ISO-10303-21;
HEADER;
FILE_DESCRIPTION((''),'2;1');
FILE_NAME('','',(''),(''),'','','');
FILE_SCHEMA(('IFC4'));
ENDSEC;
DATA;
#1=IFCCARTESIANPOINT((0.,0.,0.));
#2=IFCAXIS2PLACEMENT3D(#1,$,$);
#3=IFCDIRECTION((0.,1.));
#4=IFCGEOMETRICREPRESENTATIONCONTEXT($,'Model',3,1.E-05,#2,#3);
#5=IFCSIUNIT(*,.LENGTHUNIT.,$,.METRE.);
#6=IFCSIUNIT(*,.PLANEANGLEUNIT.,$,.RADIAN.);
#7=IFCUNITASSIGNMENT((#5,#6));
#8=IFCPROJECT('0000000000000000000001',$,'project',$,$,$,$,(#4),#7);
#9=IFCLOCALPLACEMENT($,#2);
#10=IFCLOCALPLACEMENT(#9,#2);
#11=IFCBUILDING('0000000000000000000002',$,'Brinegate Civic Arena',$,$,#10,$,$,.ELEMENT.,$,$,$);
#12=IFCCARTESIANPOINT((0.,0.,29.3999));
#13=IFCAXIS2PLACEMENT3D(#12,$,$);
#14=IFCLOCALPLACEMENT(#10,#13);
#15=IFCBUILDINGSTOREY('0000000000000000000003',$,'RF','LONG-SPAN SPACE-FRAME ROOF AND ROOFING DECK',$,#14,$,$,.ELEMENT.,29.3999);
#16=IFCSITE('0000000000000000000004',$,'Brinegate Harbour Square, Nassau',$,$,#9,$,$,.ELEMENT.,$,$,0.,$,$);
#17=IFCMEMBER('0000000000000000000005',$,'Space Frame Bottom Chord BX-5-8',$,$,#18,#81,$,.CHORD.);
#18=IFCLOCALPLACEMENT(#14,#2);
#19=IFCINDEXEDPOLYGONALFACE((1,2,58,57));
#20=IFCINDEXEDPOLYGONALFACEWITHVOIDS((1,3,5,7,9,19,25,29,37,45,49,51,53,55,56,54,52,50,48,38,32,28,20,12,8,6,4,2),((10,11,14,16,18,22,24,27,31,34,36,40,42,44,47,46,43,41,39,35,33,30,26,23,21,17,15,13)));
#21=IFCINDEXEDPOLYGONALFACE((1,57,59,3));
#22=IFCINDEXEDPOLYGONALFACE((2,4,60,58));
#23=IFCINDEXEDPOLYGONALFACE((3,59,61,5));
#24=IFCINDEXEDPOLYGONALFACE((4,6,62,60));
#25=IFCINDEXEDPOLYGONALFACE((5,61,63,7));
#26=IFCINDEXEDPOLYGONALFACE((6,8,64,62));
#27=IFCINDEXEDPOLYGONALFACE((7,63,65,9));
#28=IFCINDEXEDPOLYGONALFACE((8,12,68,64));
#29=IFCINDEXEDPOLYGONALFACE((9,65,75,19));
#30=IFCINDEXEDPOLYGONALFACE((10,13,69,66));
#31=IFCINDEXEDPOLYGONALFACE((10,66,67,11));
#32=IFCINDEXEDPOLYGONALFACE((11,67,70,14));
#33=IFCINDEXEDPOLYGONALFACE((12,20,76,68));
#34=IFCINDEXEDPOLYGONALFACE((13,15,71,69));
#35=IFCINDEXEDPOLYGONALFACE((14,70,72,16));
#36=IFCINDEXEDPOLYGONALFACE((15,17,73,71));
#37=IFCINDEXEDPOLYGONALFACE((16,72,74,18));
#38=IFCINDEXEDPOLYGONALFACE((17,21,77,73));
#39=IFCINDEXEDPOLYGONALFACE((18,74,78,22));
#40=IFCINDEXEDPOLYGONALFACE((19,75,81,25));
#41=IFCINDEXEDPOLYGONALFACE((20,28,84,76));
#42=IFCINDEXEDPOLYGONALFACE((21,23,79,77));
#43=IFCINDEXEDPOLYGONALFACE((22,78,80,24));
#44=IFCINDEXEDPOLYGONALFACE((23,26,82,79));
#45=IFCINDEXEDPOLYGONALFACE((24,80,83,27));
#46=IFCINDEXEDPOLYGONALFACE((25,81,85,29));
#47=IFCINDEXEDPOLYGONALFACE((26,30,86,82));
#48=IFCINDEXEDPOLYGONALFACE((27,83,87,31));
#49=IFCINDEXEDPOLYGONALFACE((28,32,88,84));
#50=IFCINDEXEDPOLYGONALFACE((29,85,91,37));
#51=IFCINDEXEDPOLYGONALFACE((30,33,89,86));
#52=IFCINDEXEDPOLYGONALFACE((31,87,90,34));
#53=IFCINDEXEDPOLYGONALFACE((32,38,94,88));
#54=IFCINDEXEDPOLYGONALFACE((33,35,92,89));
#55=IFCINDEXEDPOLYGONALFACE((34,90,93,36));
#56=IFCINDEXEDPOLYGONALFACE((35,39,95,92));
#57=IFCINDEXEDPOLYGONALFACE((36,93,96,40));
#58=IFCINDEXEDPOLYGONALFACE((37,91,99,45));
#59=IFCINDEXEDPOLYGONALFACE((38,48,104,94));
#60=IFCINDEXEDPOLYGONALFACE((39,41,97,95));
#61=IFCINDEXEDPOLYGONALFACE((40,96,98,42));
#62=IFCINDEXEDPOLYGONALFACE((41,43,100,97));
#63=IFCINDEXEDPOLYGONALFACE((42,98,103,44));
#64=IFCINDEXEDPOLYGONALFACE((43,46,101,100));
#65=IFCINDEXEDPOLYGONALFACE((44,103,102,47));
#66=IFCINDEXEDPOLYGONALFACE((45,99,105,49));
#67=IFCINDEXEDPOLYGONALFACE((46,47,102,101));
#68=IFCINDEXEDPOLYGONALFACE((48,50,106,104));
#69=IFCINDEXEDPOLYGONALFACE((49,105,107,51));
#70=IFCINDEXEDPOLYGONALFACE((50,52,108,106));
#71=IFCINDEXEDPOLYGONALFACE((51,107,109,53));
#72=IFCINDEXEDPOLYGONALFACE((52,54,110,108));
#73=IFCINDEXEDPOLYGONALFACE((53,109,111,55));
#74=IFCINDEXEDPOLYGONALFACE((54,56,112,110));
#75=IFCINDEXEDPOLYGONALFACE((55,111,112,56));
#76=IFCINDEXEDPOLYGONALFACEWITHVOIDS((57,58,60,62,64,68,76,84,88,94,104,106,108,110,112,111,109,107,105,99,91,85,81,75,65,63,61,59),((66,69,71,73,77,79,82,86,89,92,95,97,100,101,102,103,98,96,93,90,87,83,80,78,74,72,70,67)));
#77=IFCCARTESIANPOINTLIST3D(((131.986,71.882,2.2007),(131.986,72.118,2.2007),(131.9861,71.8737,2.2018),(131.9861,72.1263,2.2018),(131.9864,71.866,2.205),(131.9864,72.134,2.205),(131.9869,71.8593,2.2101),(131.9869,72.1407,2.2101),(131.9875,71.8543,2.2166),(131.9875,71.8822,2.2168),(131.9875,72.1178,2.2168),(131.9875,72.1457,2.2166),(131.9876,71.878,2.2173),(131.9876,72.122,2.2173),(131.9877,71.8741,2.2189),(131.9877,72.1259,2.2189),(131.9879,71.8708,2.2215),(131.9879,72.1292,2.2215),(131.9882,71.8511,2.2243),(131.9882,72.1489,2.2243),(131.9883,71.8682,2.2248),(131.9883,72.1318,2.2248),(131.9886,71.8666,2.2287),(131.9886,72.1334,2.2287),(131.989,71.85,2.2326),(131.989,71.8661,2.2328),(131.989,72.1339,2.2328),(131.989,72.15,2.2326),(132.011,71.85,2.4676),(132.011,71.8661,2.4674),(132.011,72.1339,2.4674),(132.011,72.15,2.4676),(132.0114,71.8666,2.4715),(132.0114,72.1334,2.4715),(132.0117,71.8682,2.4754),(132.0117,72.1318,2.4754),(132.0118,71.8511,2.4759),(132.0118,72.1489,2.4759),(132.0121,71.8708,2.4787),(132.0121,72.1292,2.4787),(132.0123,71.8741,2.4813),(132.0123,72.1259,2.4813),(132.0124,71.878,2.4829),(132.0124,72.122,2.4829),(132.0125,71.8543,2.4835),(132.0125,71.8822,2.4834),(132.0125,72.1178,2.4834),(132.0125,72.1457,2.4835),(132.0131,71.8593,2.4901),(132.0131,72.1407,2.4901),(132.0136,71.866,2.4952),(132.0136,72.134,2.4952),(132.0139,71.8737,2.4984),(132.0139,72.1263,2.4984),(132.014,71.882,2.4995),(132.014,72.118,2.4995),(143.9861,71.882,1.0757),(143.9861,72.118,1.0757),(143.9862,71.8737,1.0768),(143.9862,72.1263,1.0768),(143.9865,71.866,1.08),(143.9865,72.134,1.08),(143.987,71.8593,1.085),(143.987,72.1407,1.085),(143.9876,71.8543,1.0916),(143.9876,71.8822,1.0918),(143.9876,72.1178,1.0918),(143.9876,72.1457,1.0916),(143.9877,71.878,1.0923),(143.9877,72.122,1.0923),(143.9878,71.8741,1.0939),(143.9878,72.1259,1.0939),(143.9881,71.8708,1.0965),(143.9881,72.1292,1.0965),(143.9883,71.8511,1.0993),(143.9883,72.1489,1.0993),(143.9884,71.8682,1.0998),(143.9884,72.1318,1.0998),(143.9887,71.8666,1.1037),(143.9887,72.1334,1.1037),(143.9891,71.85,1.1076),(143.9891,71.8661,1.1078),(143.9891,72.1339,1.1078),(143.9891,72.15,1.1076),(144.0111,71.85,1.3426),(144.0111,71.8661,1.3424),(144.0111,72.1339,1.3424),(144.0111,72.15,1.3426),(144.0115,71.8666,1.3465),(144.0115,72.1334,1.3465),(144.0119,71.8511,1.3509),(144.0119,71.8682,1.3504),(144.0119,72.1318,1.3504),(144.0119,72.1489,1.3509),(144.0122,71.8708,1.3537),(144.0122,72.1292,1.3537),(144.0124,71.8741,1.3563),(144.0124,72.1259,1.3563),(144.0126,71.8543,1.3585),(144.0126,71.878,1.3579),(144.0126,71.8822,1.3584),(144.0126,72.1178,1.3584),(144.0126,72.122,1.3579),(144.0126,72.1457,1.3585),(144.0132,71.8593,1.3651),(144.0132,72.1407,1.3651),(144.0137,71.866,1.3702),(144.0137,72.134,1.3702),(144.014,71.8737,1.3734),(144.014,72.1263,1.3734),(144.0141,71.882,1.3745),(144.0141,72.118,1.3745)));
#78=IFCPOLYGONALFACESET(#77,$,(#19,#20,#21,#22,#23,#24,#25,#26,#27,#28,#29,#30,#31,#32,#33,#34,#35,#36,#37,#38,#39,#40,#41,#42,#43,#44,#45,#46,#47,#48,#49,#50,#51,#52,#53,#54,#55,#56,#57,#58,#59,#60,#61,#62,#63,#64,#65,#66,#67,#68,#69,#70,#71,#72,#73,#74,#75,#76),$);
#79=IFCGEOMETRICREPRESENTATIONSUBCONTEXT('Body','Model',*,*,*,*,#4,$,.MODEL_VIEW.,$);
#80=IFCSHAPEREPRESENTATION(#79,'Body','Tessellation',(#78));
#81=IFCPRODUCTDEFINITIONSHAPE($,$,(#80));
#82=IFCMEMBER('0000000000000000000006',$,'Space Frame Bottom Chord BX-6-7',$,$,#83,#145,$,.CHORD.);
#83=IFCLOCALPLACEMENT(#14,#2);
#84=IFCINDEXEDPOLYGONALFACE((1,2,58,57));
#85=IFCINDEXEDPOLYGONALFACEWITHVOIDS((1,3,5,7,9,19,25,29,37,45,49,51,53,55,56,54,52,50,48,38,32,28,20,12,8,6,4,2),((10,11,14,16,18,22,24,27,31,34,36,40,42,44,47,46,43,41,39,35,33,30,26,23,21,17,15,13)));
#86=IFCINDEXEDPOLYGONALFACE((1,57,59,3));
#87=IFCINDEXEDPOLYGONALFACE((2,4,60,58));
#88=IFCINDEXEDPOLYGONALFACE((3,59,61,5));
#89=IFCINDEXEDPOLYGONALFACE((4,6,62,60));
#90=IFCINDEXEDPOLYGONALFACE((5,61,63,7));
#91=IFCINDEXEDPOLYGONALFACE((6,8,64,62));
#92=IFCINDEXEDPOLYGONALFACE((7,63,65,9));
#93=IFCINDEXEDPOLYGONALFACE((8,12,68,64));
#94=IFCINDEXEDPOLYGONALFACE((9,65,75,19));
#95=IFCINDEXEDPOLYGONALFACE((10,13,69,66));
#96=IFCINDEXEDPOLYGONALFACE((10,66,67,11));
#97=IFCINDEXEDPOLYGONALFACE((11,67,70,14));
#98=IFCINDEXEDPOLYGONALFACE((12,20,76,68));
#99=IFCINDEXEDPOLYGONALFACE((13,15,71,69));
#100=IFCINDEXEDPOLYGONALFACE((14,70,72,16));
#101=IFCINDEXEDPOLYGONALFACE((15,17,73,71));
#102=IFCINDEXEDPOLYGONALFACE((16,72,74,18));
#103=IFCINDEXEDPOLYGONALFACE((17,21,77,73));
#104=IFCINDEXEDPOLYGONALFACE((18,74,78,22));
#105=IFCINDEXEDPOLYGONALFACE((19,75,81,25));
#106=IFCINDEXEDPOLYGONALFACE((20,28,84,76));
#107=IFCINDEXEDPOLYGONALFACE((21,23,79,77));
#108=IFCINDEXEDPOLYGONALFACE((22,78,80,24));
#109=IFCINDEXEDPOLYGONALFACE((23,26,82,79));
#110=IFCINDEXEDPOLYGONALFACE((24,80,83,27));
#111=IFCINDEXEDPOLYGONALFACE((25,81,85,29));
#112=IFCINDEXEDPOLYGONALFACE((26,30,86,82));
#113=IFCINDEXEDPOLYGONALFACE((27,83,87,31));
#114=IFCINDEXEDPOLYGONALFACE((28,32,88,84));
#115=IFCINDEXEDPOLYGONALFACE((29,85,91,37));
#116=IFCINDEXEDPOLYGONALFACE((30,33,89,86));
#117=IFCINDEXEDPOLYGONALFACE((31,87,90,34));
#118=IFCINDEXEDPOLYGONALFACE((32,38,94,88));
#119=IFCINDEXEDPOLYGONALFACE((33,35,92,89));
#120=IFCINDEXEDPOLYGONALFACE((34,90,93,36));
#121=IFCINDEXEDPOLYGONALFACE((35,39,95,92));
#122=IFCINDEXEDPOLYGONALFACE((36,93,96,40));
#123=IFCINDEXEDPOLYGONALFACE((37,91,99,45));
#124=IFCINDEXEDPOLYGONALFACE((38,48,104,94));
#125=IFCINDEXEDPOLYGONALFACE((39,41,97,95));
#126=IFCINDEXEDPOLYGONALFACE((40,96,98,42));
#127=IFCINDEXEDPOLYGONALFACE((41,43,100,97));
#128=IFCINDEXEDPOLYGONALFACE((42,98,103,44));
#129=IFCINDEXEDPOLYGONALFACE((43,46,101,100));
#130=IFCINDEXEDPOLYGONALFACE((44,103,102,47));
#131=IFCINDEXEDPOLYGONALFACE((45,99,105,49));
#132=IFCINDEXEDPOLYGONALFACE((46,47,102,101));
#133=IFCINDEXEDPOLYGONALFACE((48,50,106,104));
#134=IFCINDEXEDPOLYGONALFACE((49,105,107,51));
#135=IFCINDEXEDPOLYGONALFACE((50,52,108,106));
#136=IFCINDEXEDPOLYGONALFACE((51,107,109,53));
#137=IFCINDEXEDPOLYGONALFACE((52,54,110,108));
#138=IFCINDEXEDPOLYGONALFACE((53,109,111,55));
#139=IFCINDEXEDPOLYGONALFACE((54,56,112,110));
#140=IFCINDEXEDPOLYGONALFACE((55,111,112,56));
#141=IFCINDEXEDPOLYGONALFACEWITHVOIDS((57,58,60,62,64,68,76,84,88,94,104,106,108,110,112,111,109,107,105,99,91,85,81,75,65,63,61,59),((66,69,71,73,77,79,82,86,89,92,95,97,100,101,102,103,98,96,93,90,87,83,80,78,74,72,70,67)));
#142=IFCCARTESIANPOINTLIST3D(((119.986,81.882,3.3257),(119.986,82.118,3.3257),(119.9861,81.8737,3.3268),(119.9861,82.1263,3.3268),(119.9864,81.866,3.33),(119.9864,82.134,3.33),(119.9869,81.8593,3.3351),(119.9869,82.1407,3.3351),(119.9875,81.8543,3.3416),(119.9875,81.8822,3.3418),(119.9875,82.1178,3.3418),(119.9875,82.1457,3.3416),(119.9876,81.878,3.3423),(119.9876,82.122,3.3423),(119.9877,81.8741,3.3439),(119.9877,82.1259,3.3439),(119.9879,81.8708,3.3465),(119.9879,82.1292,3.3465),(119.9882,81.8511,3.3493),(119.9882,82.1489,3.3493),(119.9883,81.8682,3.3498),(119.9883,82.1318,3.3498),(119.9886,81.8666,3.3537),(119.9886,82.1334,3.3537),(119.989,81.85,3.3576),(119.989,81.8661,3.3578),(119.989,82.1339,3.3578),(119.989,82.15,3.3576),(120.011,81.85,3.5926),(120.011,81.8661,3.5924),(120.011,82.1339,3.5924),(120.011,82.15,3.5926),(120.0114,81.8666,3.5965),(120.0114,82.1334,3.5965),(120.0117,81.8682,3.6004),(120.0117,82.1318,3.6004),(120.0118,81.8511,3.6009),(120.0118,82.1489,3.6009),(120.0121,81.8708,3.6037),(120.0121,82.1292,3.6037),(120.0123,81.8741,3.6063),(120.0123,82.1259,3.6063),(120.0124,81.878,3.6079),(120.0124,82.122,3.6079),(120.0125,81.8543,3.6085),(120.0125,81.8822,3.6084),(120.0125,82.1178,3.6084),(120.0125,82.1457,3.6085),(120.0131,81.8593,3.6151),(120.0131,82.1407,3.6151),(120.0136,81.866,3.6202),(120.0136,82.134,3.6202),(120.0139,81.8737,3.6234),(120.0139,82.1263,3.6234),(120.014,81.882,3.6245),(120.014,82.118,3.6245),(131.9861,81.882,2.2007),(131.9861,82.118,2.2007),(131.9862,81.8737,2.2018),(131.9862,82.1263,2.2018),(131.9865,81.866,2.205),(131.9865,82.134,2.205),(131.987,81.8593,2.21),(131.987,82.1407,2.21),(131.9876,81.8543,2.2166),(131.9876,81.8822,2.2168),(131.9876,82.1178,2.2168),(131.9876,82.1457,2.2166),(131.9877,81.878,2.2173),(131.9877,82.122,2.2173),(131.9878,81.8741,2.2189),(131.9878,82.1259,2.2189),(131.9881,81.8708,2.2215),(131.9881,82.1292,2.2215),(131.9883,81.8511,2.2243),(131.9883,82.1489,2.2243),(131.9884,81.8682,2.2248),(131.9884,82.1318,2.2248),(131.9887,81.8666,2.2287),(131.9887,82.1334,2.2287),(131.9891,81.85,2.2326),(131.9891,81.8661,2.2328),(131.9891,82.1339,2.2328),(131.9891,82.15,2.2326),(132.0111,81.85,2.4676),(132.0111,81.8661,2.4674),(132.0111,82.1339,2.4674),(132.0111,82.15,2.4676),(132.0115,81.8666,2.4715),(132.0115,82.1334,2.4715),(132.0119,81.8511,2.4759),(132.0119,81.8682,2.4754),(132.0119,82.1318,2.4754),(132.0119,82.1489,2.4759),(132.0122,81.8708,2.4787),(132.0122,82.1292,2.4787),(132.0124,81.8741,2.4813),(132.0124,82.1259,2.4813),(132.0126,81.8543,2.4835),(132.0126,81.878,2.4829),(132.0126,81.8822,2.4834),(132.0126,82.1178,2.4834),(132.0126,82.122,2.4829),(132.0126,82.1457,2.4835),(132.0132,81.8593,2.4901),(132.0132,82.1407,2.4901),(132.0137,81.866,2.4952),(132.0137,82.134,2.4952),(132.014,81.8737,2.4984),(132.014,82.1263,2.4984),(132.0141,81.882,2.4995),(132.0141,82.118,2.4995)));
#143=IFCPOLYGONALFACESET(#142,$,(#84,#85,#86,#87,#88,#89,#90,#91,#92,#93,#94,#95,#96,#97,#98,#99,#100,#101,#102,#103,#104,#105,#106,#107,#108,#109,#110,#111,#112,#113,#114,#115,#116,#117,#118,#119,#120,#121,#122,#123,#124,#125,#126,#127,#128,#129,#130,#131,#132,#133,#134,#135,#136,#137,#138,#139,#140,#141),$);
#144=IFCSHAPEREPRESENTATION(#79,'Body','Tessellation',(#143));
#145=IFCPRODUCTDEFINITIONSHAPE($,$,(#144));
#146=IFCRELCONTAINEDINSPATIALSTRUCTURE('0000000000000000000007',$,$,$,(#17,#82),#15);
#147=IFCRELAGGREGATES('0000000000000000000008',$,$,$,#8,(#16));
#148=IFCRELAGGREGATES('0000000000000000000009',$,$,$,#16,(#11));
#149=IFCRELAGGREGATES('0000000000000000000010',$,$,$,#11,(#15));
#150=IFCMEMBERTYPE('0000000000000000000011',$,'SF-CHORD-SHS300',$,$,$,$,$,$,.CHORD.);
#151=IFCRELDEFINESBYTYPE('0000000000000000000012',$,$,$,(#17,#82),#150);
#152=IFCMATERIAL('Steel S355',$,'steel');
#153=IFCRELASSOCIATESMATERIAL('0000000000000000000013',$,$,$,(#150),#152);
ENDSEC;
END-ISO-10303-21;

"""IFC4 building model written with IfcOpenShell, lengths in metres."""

from ifc_helpers import new_model, si_unit, direction, frame, origin, origin_2d, place, context, subcontext, project, spatial, hollow_rectangle, extrude, material, material_profile, profile_set, type_object, element, save


model = new_model("IFC4")

# Units and contexts
model_context = context("Model", 3, precision=1e-05, world=origin(), true_north=direction((0.0, 1.0)))
body_context = subcontext(model_context, "Body", "Model", "MODEL_VIEW")
ifc_project = project(units=[si_unit("LENGTHUNIT", "METRE"), si_unit("PLANEANGLEUNIT", "RADIAN")], contexts=[model_context])

# Site, building, storey
site_placement = place(None, origin())
site = spatial("IfcSite", under=ifc_project, at=site_placement, Name="Brinegate Harbour Square, Nassau", CompositionType="ELEMENT", RefElevation=0.0)
building_placement = place(site_placement, origin())
building = spatial("IfcBuilding", under=site, at=building_placement, Name="Brinegate Civic Arena", CompositionType="ELEMENT")
storey_placement = place(building_placement, frame((0.0, 0.0, 29.3999)))
storey = spatial("IfcBuildingStorey", under=building, at=storey_placement, Name="RF", Description="LONG-SPAN SPACE-FRAME ROOF AND ROOFING DECK", CompositionType="ELEMENT", Elevation=29.3999)

# Members
ifc_material = material(Name="Steel S355", Category="steel")
ifc_material_profile_1 = material_profile(ifc_material, hollow_rectangle(XDim=0.3, YDim=0.3, WallThickness=0.0161, InnerFilletRadius=0.0161, OuterFilletRadius=0.032, at=origin_2d()), Name="SHS300X16")
ifc_profile_set_1 = profile_set([ifc_material_profile_1], Name="Steel S355")
member_type_1 = type_object("IfcMemberType", Name="SF-CHORD-SHS300", PredefinedType="CHORD", material=ifc_profile_set_1)
for number, where, z_axis, x_axis, name in (
    (1, (132.0, 72.0, 2.3501), (0.995634, 0.0, -0.093341), (0.0, 1.0, 0.0), "Space Frame Bottom Chord BX-5-8"),
    (2, (120.0, 82.0, 3.4751), (0.995634, 0.0, -0.093341), (0.0, 1.0, 0.0), "Space Frame Bottom Chord BX-6-7"),
):
    element("IfcMember", number, at=place(storey_placement, frame(where, z_axis=z_axis, x_axis=x_axis)), inside=storey, type_object=member_type_1, Name=name, PredefinedType="CHORD", context=body_context, shape_type="SweptSolid", body=[
        extrude(hollow_rectangle(XDim=0.3, YDim=0.3, WallThickness=0.0161, InnerFilletRadius=0.0161, OuterFilletRadius=0.032, at=origin_2d()), origin(), (0.0, 0.0, 1.0), 12.0527),
    ])

save(model, "model.ifc")
